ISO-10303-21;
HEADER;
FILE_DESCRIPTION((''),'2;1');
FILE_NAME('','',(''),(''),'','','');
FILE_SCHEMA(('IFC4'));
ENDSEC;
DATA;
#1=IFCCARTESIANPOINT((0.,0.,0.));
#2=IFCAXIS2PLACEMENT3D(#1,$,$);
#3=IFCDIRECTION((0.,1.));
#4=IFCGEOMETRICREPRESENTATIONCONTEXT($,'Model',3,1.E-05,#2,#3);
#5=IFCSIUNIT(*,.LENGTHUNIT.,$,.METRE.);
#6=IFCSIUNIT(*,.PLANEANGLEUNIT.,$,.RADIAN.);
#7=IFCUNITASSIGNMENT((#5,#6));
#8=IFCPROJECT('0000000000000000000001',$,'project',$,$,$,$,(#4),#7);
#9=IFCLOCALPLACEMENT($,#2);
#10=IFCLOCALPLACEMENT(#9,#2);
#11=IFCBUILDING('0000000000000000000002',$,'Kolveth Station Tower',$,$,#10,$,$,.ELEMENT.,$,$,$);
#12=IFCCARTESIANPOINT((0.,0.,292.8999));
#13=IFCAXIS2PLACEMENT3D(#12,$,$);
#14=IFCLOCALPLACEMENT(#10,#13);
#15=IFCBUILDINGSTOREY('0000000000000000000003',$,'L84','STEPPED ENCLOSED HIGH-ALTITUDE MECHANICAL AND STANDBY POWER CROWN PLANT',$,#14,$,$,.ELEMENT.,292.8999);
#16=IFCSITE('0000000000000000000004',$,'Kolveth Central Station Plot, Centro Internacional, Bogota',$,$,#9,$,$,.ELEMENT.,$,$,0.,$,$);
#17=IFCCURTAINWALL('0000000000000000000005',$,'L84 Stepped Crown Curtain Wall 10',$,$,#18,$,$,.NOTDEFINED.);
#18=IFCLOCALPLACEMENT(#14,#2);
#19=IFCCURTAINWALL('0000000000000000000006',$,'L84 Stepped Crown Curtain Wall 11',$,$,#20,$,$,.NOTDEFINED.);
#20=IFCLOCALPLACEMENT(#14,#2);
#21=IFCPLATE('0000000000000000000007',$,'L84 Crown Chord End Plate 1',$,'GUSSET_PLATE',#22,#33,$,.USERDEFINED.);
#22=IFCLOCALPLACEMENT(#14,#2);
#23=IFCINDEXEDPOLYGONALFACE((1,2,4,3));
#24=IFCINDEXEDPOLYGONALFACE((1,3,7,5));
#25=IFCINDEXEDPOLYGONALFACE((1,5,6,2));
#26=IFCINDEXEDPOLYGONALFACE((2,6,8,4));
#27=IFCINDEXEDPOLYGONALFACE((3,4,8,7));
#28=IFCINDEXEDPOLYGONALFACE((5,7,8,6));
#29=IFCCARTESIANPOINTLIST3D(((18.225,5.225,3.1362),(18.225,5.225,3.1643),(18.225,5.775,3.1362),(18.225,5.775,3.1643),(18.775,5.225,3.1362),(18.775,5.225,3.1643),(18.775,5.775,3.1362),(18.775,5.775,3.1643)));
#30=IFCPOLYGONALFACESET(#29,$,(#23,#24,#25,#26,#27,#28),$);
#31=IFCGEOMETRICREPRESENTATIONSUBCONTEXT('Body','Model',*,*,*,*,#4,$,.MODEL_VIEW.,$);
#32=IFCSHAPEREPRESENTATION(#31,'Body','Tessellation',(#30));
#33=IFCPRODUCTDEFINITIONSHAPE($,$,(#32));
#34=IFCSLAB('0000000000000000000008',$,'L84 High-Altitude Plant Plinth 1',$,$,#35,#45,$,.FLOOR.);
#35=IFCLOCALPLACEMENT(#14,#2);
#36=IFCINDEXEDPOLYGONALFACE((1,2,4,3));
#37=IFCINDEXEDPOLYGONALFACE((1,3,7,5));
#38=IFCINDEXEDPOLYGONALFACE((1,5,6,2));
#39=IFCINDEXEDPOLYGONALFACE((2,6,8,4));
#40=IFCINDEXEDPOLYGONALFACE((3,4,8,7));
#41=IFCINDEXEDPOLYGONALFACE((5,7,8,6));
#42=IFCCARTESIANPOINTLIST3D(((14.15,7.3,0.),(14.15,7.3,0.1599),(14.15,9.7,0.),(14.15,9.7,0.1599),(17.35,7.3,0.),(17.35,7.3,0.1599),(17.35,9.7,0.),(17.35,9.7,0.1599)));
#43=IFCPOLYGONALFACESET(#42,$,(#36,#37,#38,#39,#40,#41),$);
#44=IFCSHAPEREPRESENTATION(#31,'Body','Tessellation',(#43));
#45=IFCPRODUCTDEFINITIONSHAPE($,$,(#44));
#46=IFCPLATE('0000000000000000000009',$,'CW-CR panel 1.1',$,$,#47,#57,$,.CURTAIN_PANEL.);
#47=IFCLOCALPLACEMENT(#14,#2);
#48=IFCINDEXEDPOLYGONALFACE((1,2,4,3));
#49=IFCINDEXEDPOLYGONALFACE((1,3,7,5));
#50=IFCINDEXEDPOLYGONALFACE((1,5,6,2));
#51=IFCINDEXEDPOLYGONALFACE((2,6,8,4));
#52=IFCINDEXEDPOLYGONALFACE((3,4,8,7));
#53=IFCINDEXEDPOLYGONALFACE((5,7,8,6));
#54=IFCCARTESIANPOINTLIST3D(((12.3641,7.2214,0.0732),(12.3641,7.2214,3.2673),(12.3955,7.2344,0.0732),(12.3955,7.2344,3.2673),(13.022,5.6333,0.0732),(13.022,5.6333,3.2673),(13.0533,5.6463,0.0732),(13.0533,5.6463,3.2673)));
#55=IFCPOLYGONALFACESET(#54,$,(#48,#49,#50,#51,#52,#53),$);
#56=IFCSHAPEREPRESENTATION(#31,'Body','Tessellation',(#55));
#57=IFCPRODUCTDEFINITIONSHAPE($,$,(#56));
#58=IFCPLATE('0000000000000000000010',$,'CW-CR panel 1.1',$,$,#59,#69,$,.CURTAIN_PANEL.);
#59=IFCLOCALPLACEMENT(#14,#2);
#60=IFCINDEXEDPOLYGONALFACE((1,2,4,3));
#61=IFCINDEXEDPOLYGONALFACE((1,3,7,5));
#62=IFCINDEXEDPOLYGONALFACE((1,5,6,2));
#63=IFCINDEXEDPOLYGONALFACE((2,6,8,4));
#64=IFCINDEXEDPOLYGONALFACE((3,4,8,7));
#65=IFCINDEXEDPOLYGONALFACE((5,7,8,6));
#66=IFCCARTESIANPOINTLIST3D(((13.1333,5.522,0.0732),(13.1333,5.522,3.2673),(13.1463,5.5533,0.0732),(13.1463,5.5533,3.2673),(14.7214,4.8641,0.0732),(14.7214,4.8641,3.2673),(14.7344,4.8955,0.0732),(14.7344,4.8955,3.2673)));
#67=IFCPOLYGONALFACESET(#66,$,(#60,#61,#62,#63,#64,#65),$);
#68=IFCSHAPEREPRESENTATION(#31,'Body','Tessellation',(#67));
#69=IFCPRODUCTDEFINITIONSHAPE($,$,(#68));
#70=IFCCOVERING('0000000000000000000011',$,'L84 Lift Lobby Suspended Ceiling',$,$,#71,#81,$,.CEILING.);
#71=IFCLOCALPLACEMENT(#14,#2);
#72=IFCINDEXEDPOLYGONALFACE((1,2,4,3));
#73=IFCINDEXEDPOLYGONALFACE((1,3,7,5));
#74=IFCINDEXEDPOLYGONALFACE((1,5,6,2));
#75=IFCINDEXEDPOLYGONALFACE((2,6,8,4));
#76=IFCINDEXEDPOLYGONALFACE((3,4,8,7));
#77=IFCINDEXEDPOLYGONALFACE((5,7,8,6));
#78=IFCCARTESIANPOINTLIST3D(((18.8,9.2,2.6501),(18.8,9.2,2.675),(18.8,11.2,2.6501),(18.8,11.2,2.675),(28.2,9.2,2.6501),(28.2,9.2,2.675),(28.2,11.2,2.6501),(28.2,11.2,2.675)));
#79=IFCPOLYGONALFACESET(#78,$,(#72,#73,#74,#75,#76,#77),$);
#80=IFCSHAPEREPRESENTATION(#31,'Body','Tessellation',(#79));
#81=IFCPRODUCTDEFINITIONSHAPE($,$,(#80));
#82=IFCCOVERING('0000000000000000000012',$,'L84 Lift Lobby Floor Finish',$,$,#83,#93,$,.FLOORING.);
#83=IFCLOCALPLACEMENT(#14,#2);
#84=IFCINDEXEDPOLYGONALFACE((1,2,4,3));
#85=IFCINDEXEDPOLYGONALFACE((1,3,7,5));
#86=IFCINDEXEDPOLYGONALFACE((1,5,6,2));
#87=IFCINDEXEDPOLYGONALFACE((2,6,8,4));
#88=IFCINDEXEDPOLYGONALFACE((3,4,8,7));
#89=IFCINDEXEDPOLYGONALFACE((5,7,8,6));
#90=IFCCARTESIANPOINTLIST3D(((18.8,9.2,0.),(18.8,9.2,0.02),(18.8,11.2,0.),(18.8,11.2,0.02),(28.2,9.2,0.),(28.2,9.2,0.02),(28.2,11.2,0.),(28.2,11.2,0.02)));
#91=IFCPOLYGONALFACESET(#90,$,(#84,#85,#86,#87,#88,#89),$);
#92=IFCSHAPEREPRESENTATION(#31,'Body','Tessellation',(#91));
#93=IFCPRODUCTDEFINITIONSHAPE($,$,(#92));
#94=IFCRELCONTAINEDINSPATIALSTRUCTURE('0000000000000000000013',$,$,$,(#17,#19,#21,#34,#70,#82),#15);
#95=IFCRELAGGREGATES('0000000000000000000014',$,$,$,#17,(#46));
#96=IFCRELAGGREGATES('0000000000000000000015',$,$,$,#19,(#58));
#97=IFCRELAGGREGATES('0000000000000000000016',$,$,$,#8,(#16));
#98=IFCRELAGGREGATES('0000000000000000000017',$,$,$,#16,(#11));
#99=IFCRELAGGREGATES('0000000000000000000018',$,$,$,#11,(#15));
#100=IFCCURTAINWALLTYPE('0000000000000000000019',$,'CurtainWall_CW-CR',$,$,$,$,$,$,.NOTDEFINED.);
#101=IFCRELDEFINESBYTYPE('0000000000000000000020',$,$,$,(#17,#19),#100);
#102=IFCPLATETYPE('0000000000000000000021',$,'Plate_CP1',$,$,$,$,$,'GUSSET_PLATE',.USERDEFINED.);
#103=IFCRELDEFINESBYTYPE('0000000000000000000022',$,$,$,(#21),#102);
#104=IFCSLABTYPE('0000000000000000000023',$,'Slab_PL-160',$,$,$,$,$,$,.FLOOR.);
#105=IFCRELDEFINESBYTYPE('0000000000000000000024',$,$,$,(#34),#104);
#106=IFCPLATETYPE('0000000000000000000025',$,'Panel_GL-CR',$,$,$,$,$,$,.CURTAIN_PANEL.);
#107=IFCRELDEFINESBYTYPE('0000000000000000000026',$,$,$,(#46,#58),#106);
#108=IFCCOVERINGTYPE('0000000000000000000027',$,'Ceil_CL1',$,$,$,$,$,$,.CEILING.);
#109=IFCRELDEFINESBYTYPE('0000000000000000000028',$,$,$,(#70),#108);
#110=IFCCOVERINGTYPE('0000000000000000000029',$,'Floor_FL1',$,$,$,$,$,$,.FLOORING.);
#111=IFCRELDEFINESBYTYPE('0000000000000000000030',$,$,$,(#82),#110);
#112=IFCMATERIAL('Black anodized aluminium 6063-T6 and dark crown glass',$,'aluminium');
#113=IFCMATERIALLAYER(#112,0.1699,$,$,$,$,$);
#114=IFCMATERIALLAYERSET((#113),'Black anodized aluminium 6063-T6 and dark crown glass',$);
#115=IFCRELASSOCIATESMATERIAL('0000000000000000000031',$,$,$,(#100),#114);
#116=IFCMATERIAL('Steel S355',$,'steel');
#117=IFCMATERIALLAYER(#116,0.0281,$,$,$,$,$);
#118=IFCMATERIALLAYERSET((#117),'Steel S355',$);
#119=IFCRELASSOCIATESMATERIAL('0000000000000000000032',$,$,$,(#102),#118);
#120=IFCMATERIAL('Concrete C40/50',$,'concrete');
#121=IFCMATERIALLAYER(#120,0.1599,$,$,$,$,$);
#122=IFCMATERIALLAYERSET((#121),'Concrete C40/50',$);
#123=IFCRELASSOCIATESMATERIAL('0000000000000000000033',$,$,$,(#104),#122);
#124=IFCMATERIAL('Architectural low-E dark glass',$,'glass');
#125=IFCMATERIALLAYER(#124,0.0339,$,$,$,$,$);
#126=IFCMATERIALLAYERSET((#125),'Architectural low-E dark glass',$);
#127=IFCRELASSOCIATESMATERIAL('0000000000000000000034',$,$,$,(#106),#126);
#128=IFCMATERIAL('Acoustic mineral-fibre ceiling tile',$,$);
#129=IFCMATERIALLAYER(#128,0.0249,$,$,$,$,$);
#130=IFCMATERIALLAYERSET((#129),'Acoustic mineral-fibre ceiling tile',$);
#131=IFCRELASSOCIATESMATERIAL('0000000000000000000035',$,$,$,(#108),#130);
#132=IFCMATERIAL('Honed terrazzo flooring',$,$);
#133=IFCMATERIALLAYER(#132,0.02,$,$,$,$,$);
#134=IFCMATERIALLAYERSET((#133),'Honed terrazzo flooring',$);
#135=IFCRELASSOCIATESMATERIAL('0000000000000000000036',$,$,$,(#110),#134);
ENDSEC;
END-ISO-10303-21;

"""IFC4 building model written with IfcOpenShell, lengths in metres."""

from ifc_helpers import new_model, si_unit, direction, frame, origin, origin_2d, place, context, subcontext, project, spatial, polyline, rectangle, outline, extrude, source, transform, mapped, material, layer, layer_set, type_object, element, aggregate, save


model = new_model("IFC4")

# Units and contexts
model_context = context("Model", 3, precision=1e-05, world=origin(), true_north=direction((0.0, 1.0)))
body_context = subcontext(model_context, "Body", "Model", "MODEL_VIEW")
ifc_project = project(units=[si_unit("LENGTHUNIT", "METRE"), si_unit("PLANEANGLEUNIT", "RADIAN")], contexts=[model_context])

# Site, building, storey
site_placement = place(None, origin())
site = spatial("IfcSite", under=ifc_project, at=site_placement, Name="Kolveth Central Station Plot, Centro Internacional, Bogota", CompositionType="ELEMENT", RefElevation=0.0)
building_placement = place(site_placement, origin())
building = spatial("IfcBuilding", under=site, at=building_placement, Name="Kolveth Station Tower", CompositionType="ELEMENT")
storey_placement = place(building_placement, frame((0.0, 0.0, 292.8999)))
storey = spatial("IfcBuildingStorey", under=building, at=storey_placement, Name="L84", Description="STEPPED ENCLOSED HIGH-ALTITUDE MECHANICAL AND STANDBY POWER CROWN PLANT", CompositionType="ELEMENT", Elevation=292.8999)

# Shared definitions
ifc_material_1 = material(Name="Steel S355", Category="steel")

# Curtain walls
ifc_material_2 = material(Name="Black anodized aluminium 6063-T6 and dark crown glass", Category="aluminium")
ifc_layer_1 = layer(ifc_material_2, 0.1699)
ifc_layer_set_1 = layer_set([ifc_layer_1], Name="Black anodized aluminium 6063-T6 and dark crown glass")
curtain_wall_type = type_object("IfcCurtainWallType", Name="CurtainWall_CW-CR", PredefinedType="NOTDEFINED", material=ifc_layer_set_1)
curtain_wall_1_placement = place(storey_placement, origin())
curtain_wall_1 = element("IfcCurtainWall", 1, at=curtain_wall_1_placement, inside=storey, type_object=curtain_wall_type, Name="L84 Stepped Crown Curtain Wall 10", PredefinedType="NOTDEFINED")
curtain_wall_2_placement = place(storey_placement, origin())
curtain_wall_2 = element("IfcCurtainWall", 2, at=curtain_wall_2_placement, inside=storey, type_object=curtain_wall_type, Name="L84 Stepped Crown Curtain Wall 11", PredefinedType="NOTDEFINED")

# Shared definitions
ifc_material_3 = material(Name="Concrete C40/50", Category="concrete")

# Plate
ifc_layer_2 = layer(ifc_material_1, 0.0281)
ifc_layer_set_2 = layer_set([ifc_layer_2], Name="Steel S355")
plate_type_1 = type_object("IfcPlateType", Name="Plate_CP1", ElementType="GUSSET_PLATE", PredefinedType="USERDEFINED", material=ifc_layer_set_2)
shared_shape_1 = source(origin(), body_context, "Body", "SweptSolid", [
    extrude(rectangle(XDim=0.55, YDim=0.55, at=origin_2d()), origin(), (0.0, 0.0, 1.0), 0.0281),
])
for number, where, z_axis, x_axis, name in (
    (3, (18.5, 5.5, 3.1362), (0.0, 0.0, 1.0), (1.0, 0.0, 0.0), "L84 Crown Chord End Plate 1"),
):
    element("IfcPlate", number, at=place(storey_placement, frame(where, z_axis=z_axis, x_axis=x_axis)), inside=storey, type_object=plate_type_1, Name=name, ObjectType="GUSSET_PLATE", PredefinedType="USERDEFINED", context=body_context, shape_type="MappedRepresentation", body=[
        mapped(shared_shape_1, transform((0.0, 0.0, 0.0), x_axis=(1.0, 0.0, 0.0), y_axis=(0.0, 1.0, 0.0), z_axis=(0.0, 0.0, 1.0), scale=1.0)),
    ])

# Slab
ifc_layer_3 = layer(ifc_material_3, 0.1599)
ifc_layer_set_3 = layer_set([ifc_layer_3], Name="Concrete C40/50")
slab_type_1 = type_object("IfcSlabType", Name="Slab_PL-160", PredefinedType="FLOOR", material=ifc_layer_set_3)
shared_shape_2 = source(origin(), body_context, "Body", "SweptSolid", [
    extrude(rectangle(XDim=3.2, YDim=2.3999, at=origin_2d()), origin(), (0.0, 0.0, 1.0), 0.1599),
])
slab_1_placement = place(storey_placement, frame((15.75, 8.5, 0.0), z_axis=(0.0, 0.0, 1.0), x_axis=(1.0, 0.0, 0.0)))
element("IfcSlab", 4, at=slab_1_placement, inside=storey, type_object=slab_type_1, Name="L84 High-Altitude Plant Plinth 1", PredefinedType="FLOOR", context=body_context, shape_type="MappedRepresentation", body=[
    mapped(shared_shape_2, transform((0.0, 0.0, 0.0), x_axis=(1.0, 0.0, 0.0), y_axis=(0.0, 1.0, 0.0), z_axis=(0.0, 0.0, 1.0), scale=1.0)),
])

# Plates
ifc_material_4 = material(Name="Architectural low-E dark glass", Category="glass")
ifc_layer_4 = layer(ifc_material_4, 0.0339)
ifc_layer_set_4 = layer_set([ifc_layer_4], Name="Architectural low-E dark glass")
plate_type_2 = type_object("IfcPlateType", Name="Panel_GL-CR", PredefinedType="CURTAIN_PANEL", material=ifc_layer_set_4)
shared_shape_3 = source(origin(), body_context, "Body", "SweptSolid", [
    extrude(rectangle(XDim=1.719, YDim=0.0339, at=origin_2d()), origin(), (0.0, 0.0, 1.0), 3.1941),
])
plate_1_placement = place(storey_placement, frame((12.7087, 6.4338, 0.0732), z_axis=(0.0, 0.0, 1.0), x_axis=(0.382691, -0.923876, 0.0)))
plate_1 = element("IfcPlate", 5, at=plate_1_placement, type_object=plate_type_2, Name="CW-CR panel 1.1", PredefinedType="CURTAIN_PANEL", context=body_context, shape_type="MappedRepresentation", body=[
    mapped(shared_shape_3, transform((0.0, 0.0, 0.0), x_axis=(1.0, 0.0, 0.0), y_axis=(0.0, 1.0, 0.0), z_axis=(0.0, 0.0, 1.0), scale=1.0)),
])
aggregate(curtain_wall_1, [plate_1])
plate_2_placement = place(storey_placement, frame((13.9338, 5.2087, 0.0732), z_axis=(0.0, 0.0, 1.0), x_axis=(0.923876, -0.382691, 0.0)))
plate_2 = element("IfcPlate", 6, at=plate_2_placement, type_object=plate_type_2, Name="CW-CR panel 1.1", PredefinedType="CURTAIN_PANEL", context=body_context, shape_type="MappedRepresentation", body=[
    mapped(shared_shape_3, transform((0.0, 0.0, 0.0), x_axis=(1.0, 0.0, 0.0), y_axis=(0.0, 1.0, 0.0), z_axis=(0.0, 0.0, 1.0), scale=1.0)),
])
aggregate(curtain_wall_2, [plate_2])

# Coverings
ifc_material_5 = material(Name="Acoustic mineral-fibre ceiling tile")
ifc_layer_5 = layer(ifc_material_5, 0.0249)
ifc_layer_set_5 = layer_set([ifc_layer_5], Name="Acoustic mineral-fibre ceiling tile")
covering_type_1 = type_object("IfcCoveringType", Name="Ceil_CL1", PredefinedType="CEILING", material=ifc_layer_set_5)
covering_1_placement = place(storey_placement, frame((0.0, 0.0, 2.6501)))
element("IfcCovering", 7, at=covering_1_placement, inside=storey, type_object=covering_type_1, Name="L84 Lift Lobby Suspended Ceiling", PredefinedType="CEILING", context=body_context, shape_type="SweptSolid", body=[
    extrude(outline(polyline([(18.8, 9.2), (28.2, 9.2), (28.2, 11.2), (18.8, 11.2), (18.8, 9.2)])), origin(), (0.0, 0.0, 1.0), 0.0249),
])
ifc_material_6 = material(Name="Honed terrazzo flooring")
ifc_layer_6 = layer(ifc_material_6, 0.02)
ifc_layer_set_6 = layer_set([ifc_layer_6], Name="Honed terrazzo flooring")
covering_type_2 = type_object("IfcCoveringType", Name="Floor_FL1", PredefinedType="FLOORING", material=ifc_layer_set_6)
covering_2_placement = place(storey_placement, origin())
element("IfcCovering", 8, at=covering_2_placement, inside=storey, type_object=covering_type_2, Name="L84 Lift Lobby Floor Finish", PredefinedType="FLOORING", context=body_context, shape_type="SweptSolid", body=[
    extrude(outline(polyline([(18.8, 9.2), (28.2, 9.2), (28.2, 11.2), (18.8, 11.2), (18.8, 9.2)])), origin(), (0.0, 0.0, 1.0), 0.02),
])

save(model, "model.ifc")
